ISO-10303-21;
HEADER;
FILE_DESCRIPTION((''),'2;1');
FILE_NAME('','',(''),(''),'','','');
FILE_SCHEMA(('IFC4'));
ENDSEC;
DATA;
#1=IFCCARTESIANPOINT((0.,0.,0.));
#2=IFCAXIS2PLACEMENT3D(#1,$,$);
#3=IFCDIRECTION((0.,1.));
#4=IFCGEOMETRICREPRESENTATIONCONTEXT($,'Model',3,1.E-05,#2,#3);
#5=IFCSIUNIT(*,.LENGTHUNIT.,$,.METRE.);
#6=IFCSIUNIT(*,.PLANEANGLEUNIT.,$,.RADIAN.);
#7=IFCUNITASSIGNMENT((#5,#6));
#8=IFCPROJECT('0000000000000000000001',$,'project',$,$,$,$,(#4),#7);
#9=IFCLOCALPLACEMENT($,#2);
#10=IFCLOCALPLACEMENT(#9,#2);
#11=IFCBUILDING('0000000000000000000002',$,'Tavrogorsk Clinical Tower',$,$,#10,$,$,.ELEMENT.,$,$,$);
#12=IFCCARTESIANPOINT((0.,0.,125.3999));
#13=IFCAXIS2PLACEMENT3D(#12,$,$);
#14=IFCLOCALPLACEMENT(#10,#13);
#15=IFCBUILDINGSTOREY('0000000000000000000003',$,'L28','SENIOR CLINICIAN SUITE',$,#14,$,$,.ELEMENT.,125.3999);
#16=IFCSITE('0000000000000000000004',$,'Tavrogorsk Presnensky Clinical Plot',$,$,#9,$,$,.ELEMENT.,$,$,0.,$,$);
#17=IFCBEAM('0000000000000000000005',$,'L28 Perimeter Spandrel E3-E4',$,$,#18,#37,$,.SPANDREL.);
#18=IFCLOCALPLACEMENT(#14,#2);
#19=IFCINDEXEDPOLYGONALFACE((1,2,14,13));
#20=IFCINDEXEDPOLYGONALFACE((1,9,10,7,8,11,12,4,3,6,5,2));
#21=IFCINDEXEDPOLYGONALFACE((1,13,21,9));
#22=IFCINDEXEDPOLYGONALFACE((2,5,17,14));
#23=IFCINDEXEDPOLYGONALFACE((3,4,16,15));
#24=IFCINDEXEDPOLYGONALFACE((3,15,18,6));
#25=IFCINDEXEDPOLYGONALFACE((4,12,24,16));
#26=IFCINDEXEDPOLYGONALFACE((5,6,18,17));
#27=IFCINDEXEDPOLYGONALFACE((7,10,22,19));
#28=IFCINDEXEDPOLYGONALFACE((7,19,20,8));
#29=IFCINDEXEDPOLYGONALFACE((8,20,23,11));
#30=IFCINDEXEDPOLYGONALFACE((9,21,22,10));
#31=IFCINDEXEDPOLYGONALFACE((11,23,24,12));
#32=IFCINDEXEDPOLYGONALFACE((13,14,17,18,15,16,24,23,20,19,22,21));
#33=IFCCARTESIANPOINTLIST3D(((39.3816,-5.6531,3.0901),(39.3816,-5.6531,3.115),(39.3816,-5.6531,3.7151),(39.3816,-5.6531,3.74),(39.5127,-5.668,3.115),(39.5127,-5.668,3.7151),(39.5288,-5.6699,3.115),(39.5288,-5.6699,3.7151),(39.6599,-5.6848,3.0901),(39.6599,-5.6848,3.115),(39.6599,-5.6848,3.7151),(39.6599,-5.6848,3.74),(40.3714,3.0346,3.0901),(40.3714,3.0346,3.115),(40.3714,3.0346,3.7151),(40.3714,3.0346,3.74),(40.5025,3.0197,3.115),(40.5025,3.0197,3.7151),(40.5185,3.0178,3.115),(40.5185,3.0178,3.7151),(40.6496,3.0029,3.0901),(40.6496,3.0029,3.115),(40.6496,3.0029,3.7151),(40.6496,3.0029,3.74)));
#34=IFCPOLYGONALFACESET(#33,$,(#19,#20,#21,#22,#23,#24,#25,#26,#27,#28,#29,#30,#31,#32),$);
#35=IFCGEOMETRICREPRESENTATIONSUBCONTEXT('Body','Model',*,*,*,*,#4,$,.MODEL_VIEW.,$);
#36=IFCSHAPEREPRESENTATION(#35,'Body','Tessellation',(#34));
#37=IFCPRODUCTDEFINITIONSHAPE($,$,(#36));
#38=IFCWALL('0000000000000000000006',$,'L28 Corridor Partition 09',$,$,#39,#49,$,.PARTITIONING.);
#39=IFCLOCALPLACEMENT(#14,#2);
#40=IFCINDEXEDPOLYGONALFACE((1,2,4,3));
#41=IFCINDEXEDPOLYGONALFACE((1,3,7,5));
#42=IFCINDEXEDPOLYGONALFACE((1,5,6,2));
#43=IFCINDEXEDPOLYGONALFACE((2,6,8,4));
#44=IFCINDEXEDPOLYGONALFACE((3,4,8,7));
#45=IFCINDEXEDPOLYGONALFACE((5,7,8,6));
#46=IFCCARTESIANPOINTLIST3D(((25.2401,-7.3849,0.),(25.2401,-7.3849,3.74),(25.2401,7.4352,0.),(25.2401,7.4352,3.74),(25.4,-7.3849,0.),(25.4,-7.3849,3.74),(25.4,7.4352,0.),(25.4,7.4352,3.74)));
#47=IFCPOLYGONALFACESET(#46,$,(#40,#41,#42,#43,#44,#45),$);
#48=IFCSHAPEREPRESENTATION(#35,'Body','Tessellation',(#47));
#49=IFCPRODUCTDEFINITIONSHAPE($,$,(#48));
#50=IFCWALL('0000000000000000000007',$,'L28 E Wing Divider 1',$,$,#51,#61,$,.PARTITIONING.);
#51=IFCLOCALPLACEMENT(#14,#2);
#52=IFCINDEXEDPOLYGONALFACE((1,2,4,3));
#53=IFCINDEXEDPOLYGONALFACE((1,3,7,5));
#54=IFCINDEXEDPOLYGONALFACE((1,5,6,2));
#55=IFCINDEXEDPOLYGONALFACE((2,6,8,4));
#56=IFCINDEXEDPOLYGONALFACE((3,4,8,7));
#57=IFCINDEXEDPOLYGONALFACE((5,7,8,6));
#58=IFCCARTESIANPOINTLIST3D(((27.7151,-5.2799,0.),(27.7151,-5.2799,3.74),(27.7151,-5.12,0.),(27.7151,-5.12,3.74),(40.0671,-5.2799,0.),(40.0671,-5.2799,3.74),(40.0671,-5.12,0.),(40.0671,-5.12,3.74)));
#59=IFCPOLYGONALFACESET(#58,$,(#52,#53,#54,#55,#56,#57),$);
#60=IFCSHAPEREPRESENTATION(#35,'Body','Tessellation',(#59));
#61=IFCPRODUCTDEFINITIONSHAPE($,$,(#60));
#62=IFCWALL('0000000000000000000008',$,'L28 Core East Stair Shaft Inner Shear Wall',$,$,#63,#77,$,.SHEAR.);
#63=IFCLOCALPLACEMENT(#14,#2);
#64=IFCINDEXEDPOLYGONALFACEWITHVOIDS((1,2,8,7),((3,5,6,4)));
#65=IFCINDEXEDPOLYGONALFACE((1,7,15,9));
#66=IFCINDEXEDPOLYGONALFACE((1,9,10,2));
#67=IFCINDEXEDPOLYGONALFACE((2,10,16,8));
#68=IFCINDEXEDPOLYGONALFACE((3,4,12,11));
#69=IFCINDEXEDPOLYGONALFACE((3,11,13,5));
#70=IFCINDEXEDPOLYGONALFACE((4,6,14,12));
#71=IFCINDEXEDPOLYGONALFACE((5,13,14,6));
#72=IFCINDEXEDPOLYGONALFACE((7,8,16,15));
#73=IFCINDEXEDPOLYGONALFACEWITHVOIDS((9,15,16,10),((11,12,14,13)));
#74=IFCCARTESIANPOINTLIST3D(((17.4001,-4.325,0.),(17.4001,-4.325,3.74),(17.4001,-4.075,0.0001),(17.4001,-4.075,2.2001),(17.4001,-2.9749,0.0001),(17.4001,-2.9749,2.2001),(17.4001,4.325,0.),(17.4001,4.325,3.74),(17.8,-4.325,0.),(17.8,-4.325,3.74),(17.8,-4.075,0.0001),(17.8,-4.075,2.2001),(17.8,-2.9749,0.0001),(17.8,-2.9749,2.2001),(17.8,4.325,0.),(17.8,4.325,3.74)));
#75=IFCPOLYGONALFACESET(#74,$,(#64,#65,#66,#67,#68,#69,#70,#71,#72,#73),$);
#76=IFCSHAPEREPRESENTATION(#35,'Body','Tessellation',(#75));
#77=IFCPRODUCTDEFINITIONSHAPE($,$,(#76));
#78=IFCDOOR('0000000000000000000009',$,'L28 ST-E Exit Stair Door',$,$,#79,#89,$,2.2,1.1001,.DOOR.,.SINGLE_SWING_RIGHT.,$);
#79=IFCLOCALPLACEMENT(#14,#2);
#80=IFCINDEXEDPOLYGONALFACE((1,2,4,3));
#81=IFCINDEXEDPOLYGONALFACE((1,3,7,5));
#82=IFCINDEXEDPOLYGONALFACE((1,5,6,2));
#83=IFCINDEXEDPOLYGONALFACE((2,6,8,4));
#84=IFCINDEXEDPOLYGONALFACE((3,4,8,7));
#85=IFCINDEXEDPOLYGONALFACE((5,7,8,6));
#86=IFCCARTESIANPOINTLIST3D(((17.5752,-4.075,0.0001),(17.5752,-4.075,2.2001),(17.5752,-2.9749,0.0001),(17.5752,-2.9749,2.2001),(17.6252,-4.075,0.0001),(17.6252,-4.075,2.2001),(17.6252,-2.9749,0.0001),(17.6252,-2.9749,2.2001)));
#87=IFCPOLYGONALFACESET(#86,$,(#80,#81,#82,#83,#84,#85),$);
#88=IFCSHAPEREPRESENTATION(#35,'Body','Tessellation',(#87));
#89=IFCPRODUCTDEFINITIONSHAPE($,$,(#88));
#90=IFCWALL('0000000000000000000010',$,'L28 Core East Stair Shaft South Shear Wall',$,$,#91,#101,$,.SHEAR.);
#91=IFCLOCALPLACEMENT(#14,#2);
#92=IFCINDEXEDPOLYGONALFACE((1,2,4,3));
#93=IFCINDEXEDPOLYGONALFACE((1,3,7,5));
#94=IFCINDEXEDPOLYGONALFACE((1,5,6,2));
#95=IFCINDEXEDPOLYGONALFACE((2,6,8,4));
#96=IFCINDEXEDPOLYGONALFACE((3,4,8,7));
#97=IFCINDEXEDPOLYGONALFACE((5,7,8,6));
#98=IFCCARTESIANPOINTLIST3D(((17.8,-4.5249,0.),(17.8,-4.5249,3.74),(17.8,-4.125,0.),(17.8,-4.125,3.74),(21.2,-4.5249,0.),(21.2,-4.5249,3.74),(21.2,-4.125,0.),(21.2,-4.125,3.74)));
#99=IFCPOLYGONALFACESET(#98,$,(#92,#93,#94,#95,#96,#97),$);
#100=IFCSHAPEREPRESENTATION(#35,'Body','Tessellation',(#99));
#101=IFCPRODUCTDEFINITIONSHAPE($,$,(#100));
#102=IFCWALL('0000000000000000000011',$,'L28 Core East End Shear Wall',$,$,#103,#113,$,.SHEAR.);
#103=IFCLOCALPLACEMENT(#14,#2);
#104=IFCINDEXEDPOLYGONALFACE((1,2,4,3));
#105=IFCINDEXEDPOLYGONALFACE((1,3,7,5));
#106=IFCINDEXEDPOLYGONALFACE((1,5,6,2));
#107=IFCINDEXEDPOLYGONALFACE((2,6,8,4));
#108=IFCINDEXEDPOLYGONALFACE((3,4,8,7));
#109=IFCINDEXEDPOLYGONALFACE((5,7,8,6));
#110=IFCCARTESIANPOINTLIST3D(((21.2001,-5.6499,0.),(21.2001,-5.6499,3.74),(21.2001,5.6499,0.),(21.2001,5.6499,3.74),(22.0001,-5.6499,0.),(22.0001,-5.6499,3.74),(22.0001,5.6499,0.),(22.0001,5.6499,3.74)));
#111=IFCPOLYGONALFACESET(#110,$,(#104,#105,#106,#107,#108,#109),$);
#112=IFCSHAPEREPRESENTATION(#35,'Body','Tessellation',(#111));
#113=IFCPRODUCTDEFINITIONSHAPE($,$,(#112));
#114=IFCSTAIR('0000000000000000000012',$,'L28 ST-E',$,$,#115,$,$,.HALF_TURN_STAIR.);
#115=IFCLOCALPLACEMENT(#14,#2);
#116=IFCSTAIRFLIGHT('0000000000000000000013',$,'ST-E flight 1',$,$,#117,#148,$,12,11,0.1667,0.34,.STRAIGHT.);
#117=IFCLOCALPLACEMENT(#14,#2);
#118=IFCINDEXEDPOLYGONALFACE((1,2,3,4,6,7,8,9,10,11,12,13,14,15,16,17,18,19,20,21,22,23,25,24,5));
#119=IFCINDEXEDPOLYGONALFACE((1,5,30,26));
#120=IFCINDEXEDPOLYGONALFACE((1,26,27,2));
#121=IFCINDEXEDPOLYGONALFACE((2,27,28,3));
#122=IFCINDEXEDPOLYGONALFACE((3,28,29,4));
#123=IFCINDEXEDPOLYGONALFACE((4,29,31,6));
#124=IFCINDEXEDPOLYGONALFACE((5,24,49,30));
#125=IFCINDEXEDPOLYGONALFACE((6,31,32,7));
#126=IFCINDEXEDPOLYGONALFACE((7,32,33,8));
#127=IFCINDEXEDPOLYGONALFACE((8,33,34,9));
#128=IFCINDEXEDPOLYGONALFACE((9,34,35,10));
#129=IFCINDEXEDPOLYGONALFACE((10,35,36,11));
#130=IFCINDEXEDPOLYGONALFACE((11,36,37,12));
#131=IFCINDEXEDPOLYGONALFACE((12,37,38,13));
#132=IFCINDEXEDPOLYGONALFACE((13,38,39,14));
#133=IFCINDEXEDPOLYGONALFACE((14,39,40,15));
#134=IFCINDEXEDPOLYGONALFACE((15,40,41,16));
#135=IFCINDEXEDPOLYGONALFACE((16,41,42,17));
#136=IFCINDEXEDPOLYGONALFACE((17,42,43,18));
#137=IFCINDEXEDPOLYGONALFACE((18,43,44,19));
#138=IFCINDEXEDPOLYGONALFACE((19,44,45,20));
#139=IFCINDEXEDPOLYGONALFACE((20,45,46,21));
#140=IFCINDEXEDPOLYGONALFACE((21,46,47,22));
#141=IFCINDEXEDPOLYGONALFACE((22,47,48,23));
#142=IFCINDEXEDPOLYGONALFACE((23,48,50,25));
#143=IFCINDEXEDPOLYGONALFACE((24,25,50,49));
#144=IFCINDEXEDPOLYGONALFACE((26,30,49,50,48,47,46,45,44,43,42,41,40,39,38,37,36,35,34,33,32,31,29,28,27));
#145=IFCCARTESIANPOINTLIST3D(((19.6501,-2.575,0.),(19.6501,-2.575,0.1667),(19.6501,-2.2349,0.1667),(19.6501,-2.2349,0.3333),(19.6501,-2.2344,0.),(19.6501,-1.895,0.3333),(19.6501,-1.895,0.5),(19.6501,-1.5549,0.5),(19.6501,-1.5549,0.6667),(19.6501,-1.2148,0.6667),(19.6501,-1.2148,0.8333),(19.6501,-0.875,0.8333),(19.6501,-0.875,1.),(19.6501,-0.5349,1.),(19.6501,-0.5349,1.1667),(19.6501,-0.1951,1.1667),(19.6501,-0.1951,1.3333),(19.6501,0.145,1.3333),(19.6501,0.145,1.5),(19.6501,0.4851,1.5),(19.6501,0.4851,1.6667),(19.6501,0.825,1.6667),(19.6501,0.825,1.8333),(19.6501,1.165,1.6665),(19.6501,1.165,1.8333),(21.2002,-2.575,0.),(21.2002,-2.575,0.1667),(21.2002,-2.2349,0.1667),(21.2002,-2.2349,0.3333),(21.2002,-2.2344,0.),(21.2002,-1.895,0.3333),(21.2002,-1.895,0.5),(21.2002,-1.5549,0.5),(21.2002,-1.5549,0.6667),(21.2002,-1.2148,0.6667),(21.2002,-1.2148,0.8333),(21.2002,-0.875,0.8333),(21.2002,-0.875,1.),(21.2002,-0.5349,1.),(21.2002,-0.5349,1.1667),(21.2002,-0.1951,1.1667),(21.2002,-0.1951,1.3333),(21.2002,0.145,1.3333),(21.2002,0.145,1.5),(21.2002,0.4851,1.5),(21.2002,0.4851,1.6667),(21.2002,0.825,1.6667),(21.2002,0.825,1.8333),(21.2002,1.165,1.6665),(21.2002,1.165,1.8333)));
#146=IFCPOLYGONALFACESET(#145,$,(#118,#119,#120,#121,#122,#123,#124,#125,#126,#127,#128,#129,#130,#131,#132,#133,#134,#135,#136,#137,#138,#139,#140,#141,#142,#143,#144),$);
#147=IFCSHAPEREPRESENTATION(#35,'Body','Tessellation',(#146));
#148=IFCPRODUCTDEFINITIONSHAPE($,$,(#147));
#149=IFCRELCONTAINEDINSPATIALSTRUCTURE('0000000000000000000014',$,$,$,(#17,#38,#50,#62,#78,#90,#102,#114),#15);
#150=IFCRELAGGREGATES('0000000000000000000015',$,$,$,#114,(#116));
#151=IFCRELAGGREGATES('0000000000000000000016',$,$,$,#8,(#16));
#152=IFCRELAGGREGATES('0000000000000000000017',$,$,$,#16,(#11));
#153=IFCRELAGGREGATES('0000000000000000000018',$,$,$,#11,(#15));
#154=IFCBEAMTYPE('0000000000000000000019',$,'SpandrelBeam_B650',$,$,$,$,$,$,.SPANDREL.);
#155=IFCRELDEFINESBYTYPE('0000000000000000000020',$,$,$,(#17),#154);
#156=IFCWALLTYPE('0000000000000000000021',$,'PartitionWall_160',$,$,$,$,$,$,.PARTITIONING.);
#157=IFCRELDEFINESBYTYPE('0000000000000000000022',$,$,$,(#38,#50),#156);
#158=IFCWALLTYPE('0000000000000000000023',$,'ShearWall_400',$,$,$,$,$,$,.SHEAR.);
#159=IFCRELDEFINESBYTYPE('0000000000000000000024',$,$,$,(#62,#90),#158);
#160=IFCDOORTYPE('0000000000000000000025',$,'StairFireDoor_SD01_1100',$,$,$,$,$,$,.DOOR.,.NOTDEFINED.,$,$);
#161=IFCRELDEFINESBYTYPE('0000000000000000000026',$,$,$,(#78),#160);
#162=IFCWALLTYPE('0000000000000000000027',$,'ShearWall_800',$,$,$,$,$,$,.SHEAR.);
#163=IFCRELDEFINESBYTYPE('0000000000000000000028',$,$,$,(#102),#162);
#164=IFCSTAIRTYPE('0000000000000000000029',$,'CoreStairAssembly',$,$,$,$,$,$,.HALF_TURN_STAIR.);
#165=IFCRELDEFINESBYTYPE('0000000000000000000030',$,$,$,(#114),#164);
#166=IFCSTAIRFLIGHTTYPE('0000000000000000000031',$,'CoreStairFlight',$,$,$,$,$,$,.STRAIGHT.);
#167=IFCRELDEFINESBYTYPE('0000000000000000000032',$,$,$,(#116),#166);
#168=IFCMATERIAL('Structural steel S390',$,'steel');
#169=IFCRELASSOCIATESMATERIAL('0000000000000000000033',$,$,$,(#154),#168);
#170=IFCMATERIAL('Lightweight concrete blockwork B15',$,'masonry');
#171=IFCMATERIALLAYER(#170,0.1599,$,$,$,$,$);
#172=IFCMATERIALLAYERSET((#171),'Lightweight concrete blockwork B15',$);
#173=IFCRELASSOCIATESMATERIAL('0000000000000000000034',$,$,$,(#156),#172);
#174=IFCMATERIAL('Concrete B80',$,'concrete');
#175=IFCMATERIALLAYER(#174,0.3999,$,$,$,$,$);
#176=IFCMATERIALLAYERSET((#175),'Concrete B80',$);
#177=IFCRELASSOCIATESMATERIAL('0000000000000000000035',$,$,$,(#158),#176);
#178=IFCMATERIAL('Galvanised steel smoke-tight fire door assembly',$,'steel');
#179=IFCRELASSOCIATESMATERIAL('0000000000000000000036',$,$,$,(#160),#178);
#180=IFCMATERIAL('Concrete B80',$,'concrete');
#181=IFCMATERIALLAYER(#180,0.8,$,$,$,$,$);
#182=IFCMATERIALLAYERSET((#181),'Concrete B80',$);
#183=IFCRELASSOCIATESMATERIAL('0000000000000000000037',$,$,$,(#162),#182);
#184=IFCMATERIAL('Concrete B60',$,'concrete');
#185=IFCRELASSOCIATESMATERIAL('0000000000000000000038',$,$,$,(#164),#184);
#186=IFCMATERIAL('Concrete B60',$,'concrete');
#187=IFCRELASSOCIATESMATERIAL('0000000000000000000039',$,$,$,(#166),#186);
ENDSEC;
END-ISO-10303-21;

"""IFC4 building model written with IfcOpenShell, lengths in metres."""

from ifc_helpers import new_model, si_unit, direction, frame, frame_2d, origin, origin_2d, place, context, subcontext, project, spatial, polyline, rectangle, i_section, outline, extrude, material, layer, layer_set, material_profile, profile_set, type_object, element, fill, aggregate, save


model = new_model("IFC4")

# Units and contexts
model_context = context("Model", 3, precision=1e-05, world=origin(), true_north=direction((0.0, 1.0)))
body_context = subcontext(model_context, "Body", "Model", "MODEL_VIEW")
ifc_project = project(units=[si_unit("LENGTHUNIT", "METRE"), si_unit("PLANEANGLEUNIT", "RADIAN")], contexts=[model_context])

# Site, building, storey
site_placement = place(None, origin())
site = spatial("IfcSite", under=ifc_project, at=site_placement, Name="Tavrogorsk Presnensky Clinical Plot", CompositionType="ELEMENT", RefElevation=0.0)
building_placement = place(site_placement, origin())
building = spatial("IfcBuilding", under=site, at=building_placement, Name="Tavrogorsk Clinical Tower", CompositionType="ELEMENT")
storey_placement = place(building_placement, frame((0.0, 0.0, 125.3999)))
storey = spatial("IfcBuildingStorey", under=building, at=storey_placement, Name="L28", Description="SENIOR CLINICIAN SUITE", CompositionType="ELEMENT", Elevation=125.3999)

# Beam
ifc_material_1 = material(Name="Structural steel S390", Category="steel")
ifc_material_profile_1 = material_profile(ifc_material_1, i_section(OverallWidth=0.28, OverallDepth=0.6499, WebThickness=0.0161, FlangeThickness=0.0249, at=origin_2d()), Name="B-650x280x16x25")
ifc_profile_set_1 = profile_set([ifc_material_profile_1], Name="Structural steel S390")
beam_type_1 = type_object("IfcBeamType", Name="SpandrelBeam_B650", PredefinedType="SPANDREL", material=ifc_profile_set_1)
beam_1_placement = place(storey_placement, frame((39.5208, -5.6689, 3.415), z_axis=(0.113192, 0.993573, 0.0), x_axis=(-0.993573, 0.113192, 0.0)))
element("IfcBeam", 1, at=beam_1_placement, inside=storey, type_object=beam_type_1, Name="L28 Perimeter Spandrel E3-E4", PredefinedType="SPANDREL", context=body_context, shape_type="SweptSolid", body=[
    extrude(i_section(OverallWidth=0.28, OverallDepth=0.6499, WebThickness=0.0161, FlangeThickness=0.0249, at=origin_2d()), origin(), (0.0, 0.0, 1.0), 8.7439),
])

# Shared definitions
ifc_material_2 = material(Name="Lightweight concrete blockwork B15", Category="masonry")
ifc_layer_1 = layer(ifc_material_2, 0.1599)
ifc_layer_set_1 = layer_set([ifc_layer_1], Name="Lightweight concrete blockwork B15")
wall_type_1 = type_object("IfcWallType", Name="PartitionWall_160", PredefinedType="PARTITIONING", material=ifc_layer_set_1)

# Walls
wall_1_placement = place(storey_placement, frame((25.3201, -7.385, 0.0), z_axis=(0.0, 0.0, 1.0), x_axis=(0.0, 1.0, 0.0)))
element("IfcWall", 2, at=wall_1_placement, inside=storey, type_object=wall_type_1, Name="L28 Corridor Partition 09", PredefinedType="PARTITIONING", context=body_context, shape_type="SweptSolid", body=[
    extrude(rectangle(XDim=14.8201, YDim=0.1599, at=frame_2d((7.4102, 0.0))), origin(), (0.0, 0.0, 1.0), 3.74),
])
wall_2_placement = place(storey_placement, frame((27.7151, -5.2, 0.0), z_axis=(0.0, 0.0, 1.0), x_axis=(1.0, 0.0, 0.0)))
element("IfcWall", 3, at=wall_2_placement, inside=storey, type_object=wall_type_1, Name="L28 E Wing Divider 1", PredefinedType="PARTITIONING", context=body_context, shape_type="SweptSolid", body=[
    extrude(rectangle(XDim=12.3521, YDim=0.1599, at=frame_2d((6.176, 0.0))), origin(), (0.0, 0.0, 1.0), 3.74),
])

# Wall, opening, door
ifc_material_3 = material(Name="Concrete B80", Category="concrete")
ifc_layer_2 = layer(ifc_material_3, 0.3999)
ifc_layer_set_2 = layer_set([ifc_layer_2], Name="Concrete B80")
wall_type_2 = type_object("IfcWallType", Name="ShearWall_400", PredefinedType="SHEAR", material=ifc_layer_set_2)
wall_3_placement = place(storey_placement, frame((17.6001, -4.325, 0.0), z_axis=(0.0, 0.0, 1.0), x_axis=(0.0, 1.0, 0.0)))
wall_3 = element("IfcWall", 4, at=wall_3_placement, inside=storey, type_object=wall_type_2, Name="L28 Core East Stair Shaft Inner Shear Wall", PredefinedType="SHEAR", context=body_context, shape_type="SweptSolid", body=[
    extrude(rectangle(XDim=8.6499, YDim=0.3999, at=frame_2d((4.325, 0.0))), origin(), (0.0, 0.0, 1.0), 3.74),
])
opening_1_placement = place(wall_3_placement, frame((0.25, 0.0, 0.0)))
opening_1 = element("IfcOpeningElement", 5, at=opening_1_placement, cuts=wall_3, PredefinedType="OPENING", context=body_context, shape_type="SweptSolid", body=[
    extrude(rectangle(XDim=1.1001, YDim=2.2, at=frame_2d((0.55, 1.1001))), frame((0.0, 0.21, 0.0), z_axis=(0.0, -1.0, 0.0), x_axis=(1.0, 0.0, 0.0)), (0.0, 0.0, 1.0), 0.4199),
])
ifc_material_4 = material(Name="Galvanised steel smoke-tight fire door assembly", Category="steel")
door_type_1 = type_object("IfcDoorType", Name="StairFireDoor_SD01_1100", OperationType="NOTDEFINED", PredefinedType="DOOR", material=ifc_material_4)
door_1_placement = place(opening_1_placement, origin())
door_1 = element("IfcDoor", 6, at=door_1_placement, inside=storey, type_object=door_type_1, Name="L28 ST-E Exit Stair Door", OperationType="SINGLE_SWING_RIGHT", OverallHeight=2.2, OverallWidth=1.1001, PredefinedType="DOOR", context=body_context, shape_type="SweptSolid", body=[
    extrude(rectangle(XDim=1.1001, YDim=2.2, at=frame_2d((0.55, 1.1001))), frame((0.0, 0.0249, 0.0), z_axis=(0.0, -1.0, 0.0), x_axis=(1.0, 0.0, 0.0)), (0.0, 0.0, 1.0), 0.05),
])
fill(opening_1, door_1)

# Walls
wall_4_placement = place(storey_placement, frame((17.8, -4.325, 0.0), z_axis=(0.0, 0.0, 1.0), x_axis=(1.0, 0.0, 0.0)))
element("IfcWall", 7, at=wall_4_placement, inside=storey, type_object=wall_type_2, Name="L28 Core East Stair Shaft South Shear Wall", PredefinedType="SHEAR", context=body_context, shape_type="SweptSolid", body=[
    extrude(rectangle(XDim=3.3999, YDim=0.3999, at=frame_2d((1.7, 0.0))), origin(), (0.0, 0.0, 1.0), 3.74),
])
ifc_material_5 = material(Name="Concrete B80", Category="concrete")
ifc_layer_3 = layer(ifc_material_5, 0.8)
ifc_layer_set_3 = layer_set([ifc_layer_3], Name="Concrete B80")
wall_type_3 = type_object("IfcWallType", Name="ShearWall_800", PredefinedType="SHEAR", material=ifc_layer_set_3)
wall_5_placement = place(storey_placement, frame((21.6001, -5.6499, 0.0), z_axis=(0.0, 0.0, 1.0), x_axis=(0.0, 1.0, 0.0)))
element("IfcWall", 8, at=wall_5_placement, inside=storey, type_object=wall_type_3, Name="L28 Core East End Shear Wall", PredefinedType="SHEAR", context=body_context, shape_type="SweptSolid", body=[
    extrude(rectangle(XDim=11.2998, YDim=0.8, at=frame_2d((5.6499, 0.0))), origin(), (0.0, 0.0, 1.0), 3.74),
])

# Stair, stair flight
ifc_material_6 = material(Name="Concrete B60", Category="concrete")
stair_type = type_object("IfcStairType", Name="CoreStairAssembly", PredefinedType="HALF_TURN_STAIR", material=ifc_material_6)
stair_placement = place(storey_placement, origin())
stair = element("IfcStair", 9, at=stair_placement, inside=storey, type_object=stair_type, Name="L28 ST-E", PredefinedType="HALF_TURN_STAIR")
ifc_material_7 = material(Name="Concrete B60", Category="concrete")
stair_flight_type = type_object("IfcStairFlightType", Name="CoreStairFlight", PredefinedType="STRAIGHT", material=ifc_material_7)
stair_flight_placement = place(storey_placement, frame((20.425, -2.575, 0.0), z_axis=(0.0, 0.0, 1.0), x_axis=(0.0, 1.0, 0.0)))
stair_flight = element("IfcStairFlight", 10, at=stair_flight_placement, type_object=stair_flight_type, Name="ST-E flight 1", NumberOfRisers=12, NumberOfTreads=11, PredefinedType="STRAIGHT", RiserHeight=0.1667, TreadLength=0.34, context=body_context, shape_type="SweptSolid", body=[
    extrude(outline(polyline([(0.0, 0.0), (0.0, 0.1667), (0.3401, 0.1667), (0.3401, 0.3333), (0.6799, 0.3333), (0.6799, 0.5), (1.02, 0.5), (1.02, 0.6667), (1.3601, 0.6667), (1.3601, 0.8333), (1.7, 0.8333), (1.7, 1.0), (2.04, 1.0), (2.04, 1.1667), (2.3799, 1.1667), (2.3799, 1.3333), (2.72, 1.3333), (2.72, 1.5), (3.0601, 1.5), (3.0601, 1.6667), (3.3999, 1.6667), (3.3999, 1.8333), (3.74, 1.8333), (3.74, 2.0), (3.74, 1.6665), (0.3406, 0.0), (0.0, 0.0)])), frame((0.0, 0.7749, 0.0), z_axis=(0.0, -1.0, 0.0), x_axis=(1.0, 0.0, 0.0)), (0.0, 0.0, 1.0), 1.55),
])
aggregate(stair, [stair_flight])

save(model, "model.ifc")
